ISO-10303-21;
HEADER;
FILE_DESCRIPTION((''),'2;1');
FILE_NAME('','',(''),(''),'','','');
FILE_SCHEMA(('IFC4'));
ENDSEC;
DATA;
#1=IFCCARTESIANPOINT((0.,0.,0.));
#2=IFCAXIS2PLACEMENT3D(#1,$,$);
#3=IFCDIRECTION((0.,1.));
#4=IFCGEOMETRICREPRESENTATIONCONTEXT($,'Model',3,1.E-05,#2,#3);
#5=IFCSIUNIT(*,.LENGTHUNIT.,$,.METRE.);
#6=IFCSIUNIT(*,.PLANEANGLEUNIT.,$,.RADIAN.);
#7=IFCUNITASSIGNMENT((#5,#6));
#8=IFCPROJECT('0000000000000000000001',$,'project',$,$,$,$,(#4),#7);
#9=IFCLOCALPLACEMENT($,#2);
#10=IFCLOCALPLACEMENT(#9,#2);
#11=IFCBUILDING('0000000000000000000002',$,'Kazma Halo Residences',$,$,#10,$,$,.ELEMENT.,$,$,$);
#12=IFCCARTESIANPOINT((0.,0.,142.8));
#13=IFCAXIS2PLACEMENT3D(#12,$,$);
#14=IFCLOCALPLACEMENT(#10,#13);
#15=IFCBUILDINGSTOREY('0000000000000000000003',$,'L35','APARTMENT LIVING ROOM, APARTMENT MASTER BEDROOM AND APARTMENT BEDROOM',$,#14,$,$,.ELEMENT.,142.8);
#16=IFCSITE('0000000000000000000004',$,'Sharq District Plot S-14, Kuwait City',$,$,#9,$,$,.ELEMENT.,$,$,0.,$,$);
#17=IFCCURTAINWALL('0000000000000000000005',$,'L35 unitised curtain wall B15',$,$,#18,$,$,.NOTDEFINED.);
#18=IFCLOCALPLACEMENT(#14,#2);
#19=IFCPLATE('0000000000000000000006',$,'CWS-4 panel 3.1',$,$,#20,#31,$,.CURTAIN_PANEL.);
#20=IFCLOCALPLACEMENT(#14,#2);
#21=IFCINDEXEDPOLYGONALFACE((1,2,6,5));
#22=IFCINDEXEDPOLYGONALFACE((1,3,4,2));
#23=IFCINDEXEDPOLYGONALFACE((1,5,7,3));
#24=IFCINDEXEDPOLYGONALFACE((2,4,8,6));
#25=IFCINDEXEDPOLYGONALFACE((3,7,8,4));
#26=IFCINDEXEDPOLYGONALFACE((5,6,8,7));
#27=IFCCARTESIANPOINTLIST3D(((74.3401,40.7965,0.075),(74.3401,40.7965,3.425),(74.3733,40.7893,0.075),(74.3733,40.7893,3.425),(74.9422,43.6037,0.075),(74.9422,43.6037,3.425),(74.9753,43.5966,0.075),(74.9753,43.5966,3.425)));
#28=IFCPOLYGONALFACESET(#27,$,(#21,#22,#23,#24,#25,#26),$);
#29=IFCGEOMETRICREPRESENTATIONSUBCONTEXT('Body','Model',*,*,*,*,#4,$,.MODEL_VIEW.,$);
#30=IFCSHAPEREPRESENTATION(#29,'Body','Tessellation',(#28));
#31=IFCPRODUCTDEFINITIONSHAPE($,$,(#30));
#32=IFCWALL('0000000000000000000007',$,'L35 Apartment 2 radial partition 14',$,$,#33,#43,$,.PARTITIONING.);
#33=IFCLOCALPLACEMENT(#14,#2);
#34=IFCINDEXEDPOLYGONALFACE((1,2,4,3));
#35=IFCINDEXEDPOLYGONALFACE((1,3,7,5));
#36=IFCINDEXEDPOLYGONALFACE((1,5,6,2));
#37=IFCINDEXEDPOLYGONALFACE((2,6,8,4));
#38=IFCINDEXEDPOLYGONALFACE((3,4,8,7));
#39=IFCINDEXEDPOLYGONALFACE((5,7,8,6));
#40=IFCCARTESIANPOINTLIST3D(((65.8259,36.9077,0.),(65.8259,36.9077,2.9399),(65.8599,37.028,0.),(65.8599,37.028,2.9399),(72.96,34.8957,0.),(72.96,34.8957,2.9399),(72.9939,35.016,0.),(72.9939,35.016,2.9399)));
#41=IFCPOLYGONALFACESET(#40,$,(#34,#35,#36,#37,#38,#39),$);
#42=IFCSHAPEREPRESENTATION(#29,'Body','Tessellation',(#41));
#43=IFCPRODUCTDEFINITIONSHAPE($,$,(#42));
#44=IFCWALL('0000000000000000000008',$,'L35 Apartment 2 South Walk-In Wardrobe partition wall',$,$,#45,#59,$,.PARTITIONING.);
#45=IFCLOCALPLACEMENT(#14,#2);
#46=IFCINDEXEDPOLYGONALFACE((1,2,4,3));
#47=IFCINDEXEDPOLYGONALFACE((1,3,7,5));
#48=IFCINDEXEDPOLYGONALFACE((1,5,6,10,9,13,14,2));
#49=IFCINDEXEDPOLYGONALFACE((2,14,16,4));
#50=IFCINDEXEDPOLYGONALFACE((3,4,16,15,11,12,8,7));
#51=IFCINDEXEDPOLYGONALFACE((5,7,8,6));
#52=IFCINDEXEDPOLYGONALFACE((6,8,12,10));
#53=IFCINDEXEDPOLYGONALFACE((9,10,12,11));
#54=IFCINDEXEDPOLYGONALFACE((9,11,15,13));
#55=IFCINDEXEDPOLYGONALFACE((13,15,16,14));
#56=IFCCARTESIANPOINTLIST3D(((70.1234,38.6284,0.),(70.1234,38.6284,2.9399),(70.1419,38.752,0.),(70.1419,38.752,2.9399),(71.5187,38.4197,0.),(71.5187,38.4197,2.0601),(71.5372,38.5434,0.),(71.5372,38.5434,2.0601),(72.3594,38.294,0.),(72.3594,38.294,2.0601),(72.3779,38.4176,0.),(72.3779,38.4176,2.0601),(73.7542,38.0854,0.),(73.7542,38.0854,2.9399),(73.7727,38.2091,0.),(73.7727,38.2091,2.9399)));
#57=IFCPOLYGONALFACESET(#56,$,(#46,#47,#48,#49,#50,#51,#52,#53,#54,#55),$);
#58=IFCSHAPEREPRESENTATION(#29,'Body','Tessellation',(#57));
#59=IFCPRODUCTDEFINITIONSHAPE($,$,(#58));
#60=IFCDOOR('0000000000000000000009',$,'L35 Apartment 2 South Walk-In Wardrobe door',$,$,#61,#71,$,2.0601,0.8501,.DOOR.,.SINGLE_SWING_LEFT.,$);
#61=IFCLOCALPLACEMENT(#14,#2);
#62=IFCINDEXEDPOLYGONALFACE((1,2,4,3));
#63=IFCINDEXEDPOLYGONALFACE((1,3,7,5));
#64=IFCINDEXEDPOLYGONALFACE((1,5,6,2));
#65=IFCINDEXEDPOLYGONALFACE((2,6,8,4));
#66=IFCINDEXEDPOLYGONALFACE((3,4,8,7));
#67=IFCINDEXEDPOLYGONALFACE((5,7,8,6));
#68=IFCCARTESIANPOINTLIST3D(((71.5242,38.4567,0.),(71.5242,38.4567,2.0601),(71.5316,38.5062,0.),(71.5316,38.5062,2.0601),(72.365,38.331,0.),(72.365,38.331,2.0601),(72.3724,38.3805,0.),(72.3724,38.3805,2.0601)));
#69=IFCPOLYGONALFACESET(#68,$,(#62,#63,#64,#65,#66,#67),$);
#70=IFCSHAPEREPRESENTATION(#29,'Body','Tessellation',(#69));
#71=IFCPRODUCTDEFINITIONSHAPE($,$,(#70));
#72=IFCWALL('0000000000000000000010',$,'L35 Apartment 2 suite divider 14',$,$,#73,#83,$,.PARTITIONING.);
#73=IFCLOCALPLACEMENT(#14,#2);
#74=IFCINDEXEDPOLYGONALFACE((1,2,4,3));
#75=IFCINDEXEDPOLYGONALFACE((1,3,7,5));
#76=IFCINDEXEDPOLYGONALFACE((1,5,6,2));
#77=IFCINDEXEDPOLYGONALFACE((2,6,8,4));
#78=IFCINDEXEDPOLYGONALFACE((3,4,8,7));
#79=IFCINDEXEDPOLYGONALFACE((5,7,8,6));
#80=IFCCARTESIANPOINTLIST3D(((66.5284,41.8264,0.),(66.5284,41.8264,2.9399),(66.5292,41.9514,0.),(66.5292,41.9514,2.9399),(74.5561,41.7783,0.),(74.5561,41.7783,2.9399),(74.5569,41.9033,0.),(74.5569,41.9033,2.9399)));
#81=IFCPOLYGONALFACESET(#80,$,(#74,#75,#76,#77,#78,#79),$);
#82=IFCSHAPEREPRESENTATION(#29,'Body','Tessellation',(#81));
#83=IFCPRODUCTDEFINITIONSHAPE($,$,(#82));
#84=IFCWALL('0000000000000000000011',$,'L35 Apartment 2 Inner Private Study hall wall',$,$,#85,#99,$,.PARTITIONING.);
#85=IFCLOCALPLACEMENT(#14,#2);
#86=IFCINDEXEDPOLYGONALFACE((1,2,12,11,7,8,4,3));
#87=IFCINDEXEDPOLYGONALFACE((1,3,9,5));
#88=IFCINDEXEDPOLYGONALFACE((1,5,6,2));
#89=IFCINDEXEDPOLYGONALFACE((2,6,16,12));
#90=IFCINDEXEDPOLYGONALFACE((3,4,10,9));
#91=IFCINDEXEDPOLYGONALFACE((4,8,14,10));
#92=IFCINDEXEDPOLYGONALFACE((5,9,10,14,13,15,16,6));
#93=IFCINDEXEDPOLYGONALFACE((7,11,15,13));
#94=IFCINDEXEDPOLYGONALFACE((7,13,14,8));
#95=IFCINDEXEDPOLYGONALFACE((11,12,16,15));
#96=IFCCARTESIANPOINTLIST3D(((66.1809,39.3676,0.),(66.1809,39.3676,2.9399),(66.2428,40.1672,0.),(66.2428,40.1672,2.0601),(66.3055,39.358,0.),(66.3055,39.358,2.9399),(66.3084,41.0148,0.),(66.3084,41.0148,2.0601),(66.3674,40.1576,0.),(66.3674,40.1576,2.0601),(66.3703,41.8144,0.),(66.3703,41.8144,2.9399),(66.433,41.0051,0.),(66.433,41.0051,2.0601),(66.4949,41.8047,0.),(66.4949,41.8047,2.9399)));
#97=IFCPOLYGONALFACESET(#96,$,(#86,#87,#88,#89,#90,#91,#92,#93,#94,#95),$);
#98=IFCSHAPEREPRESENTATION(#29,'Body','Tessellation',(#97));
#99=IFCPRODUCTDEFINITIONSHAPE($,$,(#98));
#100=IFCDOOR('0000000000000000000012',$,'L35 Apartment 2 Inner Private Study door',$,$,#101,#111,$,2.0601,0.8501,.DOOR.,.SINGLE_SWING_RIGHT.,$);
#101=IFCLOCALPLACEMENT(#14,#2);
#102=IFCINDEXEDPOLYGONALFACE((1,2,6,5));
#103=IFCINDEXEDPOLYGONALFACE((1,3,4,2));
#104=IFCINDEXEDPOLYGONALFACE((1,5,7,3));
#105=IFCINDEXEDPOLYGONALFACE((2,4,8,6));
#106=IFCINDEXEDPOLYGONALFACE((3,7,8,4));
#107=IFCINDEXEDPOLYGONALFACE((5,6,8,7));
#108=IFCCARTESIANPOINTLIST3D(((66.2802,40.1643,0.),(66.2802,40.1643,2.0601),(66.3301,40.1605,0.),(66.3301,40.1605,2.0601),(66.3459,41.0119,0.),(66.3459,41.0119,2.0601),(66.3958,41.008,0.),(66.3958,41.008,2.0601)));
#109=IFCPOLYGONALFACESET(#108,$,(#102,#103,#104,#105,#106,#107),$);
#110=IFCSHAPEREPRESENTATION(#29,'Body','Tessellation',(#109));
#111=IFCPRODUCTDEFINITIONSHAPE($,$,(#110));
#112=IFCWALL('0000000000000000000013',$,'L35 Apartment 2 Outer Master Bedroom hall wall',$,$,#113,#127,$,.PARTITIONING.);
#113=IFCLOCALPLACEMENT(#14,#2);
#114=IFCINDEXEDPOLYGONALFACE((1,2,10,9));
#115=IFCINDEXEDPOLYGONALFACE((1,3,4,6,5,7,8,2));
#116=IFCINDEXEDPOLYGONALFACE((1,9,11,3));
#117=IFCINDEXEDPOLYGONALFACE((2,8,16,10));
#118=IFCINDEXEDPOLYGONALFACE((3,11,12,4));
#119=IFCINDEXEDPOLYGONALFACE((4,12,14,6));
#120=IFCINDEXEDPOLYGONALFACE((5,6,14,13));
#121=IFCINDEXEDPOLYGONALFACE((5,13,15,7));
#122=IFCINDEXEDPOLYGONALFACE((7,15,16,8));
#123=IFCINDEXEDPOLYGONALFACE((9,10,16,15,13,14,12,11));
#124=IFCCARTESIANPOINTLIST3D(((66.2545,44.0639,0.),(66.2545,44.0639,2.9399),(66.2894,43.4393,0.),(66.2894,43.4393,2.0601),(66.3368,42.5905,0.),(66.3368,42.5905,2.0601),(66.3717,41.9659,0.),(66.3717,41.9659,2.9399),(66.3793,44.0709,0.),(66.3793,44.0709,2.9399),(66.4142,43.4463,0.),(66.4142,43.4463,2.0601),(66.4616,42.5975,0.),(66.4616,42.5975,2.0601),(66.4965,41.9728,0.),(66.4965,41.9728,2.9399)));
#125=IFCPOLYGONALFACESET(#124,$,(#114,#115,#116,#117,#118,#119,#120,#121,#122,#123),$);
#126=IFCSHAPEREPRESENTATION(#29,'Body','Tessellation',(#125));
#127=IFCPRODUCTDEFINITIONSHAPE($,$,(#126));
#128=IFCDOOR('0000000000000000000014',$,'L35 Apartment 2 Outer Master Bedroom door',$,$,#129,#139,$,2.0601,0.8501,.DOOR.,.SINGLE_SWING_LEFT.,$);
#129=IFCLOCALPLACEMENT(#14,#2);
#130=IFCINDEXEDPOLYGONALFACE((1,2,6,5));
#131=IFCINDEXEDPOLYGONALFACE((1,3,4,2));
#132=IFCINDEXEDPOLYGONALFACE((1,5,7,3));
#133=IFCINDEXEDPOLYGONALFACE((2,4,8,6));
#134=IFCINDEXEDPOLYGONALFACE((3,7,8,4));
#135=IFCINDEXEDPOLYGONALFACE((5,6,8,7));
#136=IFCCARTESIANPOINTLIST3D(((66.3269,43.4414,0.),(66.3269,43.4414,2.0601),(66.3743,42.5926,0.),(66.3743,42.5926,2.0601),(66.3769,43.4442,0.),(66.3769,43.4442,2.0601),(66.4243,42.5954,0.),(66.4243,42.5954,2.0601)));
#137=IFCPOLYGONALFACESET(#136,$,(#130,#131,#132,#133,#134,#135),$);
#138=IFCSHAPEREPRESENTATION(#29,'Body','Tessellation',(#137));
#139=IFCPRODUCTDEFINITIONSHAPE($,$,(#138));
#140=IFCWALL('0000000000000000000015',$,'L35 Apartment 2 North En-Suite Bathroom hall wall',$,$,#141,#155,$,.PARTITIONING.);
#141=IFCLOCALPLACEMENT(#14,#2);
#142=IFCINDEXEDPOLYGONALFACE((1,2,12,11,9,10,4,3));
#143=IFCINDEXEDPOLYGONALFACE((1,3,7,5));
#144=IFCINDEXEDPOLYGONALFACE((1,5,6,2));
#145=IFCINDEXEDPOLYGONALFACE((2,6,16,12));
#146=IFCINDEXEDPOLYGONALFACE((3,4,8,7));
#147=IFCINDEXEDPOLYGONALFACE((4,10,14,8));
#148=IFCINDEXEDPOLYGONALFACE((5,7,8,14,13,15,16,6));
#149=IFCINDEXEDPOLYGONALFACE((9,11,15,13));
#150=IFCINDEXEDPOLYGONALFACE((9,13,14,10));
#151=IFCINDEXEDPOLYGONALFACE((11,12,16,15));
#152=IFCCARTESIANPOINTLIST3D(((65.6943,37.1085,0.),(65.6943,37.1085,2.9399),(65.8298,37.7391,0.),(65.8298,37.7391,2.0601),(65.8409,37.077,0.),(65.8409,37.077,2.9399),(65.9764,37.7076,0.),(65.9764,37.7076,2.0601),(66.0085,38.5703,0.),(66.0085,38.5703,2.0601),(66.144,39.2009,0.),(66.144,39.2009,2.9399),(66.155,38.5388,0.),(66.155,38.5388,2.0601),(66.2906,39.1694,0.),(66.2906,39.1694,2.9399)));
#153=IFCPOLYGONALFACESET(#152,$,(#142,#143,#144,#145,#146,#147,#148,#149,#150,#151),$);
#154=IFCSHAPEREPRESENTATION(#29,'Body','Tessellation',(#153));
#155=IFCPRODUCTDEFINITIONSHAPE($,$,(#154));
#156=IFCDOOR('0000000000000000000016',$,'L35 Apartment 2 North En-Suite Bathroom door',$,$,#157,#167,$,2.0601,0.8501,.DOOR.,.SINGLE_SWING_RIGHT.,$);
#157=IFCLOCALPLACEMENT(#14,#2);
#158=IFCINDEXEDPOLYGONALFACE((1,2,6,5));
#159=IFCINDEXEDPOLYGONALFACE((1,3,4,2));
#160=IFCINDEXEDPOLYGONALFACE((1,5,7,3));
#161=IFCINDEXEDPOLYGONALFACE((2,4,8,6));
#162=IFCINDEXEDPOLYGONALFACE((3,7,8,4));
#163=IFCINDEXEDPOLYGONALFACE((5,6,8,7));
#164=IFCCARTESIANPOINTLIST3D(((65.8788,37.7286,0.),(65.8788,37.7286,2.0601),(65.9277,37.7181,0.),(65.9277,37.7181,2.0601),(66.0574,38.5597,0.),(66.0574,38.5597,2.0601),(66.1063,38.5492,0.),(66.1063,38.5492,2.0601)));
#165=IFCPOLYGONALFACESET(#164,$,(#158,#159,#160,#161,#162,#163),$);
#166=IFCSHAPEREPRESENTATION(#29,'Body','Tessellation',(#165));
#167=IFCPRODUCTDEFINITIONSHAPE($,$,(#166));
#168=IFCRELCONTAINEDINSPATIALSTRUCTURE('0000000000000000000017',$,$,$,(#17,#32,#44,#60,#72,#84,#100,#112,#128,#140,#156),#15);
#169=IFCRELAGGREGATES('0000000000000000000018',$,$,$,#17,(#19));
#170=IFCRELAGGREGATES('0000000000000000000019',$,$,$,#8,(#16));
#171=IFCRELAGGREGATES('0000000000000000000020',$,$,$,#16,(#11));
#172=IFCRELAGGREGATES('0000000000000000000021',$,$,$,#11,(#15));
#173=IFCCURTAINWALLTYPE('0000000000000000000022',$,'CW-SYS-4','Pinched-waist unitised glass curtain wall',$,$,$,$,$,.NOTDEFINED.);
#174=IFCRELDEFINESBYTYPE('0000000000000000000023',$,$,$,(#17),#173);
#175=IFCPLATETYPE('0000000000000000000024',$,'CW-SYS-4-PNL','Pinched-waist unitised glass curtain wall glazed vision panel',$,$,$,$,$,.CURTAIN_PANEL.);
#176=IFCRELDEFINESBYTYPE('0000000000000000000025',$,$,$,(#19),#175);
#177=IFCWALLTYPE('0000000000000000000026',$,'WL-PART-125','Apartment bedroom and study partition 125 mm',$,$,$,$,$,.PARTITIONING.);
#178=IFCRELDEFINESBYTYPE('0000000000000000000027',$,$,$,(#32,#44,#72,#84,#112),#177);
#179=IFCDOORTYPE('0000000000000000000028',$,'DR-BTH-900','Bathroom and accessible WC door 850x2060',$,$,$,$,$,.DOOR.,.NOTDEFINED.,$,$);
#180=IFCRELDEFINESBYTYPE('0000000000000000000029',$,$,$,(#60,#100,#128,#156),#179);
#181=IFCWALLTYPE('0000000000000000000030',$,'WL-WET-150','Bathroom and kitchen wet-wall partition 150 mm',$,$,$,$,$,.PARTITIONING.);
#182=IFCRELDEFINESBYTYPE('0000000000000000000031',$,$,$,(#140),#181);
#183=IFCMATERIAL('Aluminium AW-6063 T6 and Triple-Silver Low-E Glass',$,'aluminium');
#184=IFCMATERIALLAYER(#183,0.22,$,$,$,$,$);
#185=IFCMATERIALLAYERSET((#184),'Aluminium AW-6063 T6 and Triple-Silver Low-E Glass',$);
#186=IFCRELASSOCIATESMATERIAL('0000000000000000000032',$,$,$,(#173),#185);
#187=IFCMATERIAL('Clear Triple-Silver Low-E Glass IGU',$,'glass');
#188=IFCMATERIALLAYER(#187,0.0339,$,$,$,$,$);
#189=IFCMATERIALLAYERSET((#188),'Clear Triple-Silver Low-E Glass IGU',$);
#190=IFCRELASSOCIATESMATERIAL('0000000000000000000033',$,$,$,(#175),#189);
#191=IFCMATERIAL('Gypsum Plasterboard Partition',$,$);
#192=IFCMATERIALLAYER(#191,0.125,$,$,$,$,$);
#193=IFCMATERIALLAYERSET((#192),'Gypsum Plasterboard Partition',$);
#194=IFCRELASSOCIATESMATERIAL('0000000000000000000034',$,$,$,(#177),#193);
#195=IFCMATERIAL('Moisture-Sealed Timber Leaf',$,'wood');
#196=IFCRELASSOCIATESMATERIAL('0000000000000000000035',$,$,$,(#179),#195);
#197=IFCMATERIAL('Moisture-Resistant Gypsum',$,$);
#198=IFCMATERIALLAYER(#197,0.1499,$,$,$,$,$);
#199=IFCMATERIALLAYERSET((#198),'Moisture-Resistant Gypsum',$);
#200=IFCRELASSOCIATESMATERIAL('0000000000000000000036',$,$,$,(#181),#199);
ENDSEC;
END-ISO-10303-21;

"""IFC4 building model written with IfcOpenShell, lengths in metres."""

from ifc_helpers import new_model, si_unit, direction, frame, frame_2d, origin, origin_2d, place, context, subcontext, project, spatial, rectangle, extrude, material, layer, layer_set, type_object, element, fill, aggregate, save


model = new_model("IFC4")

# Units and contexts
model_context = context("Model", 3, precision=1e-05, world=origin(), true_north=direction((0.0, 1.0)))
body_context = subcontext(model_context, "Body", "Model", "MODEL_VIEW")
ifc_project = project(units=[si_unit("LENGTHUNIT", "METRE"), si_unit("PLANEANGLEUNIT", "RADIAN")], contexts=[model_context])

# Site, building, storey
site_placement = place(None, origin())
site = spatial("IfcSite", under=ifc_project, at=site_placement, Name="Sharq District Plot S-14, Kuwait City", CompositionType="ELEMENT", RefElevation=0.0)
building_placement = place(site_placement, origin())
building = spatial("IfcBuilding", under=site, at=building_placement, Name="Kazma Halo Residences", CompositionType="ELEMENT")
storey_placement = place(building_placement, frame((0.0, 0.0, 142.8)))
storey = spatial("IfcBuildingStorey", under=building, at=storey_placement, Name="L35", Description="APARTMENT LIVING ROOM, APARTMENT MASTER BEDROOM AND APARTMENT BEDROOM", CompositionType="ELEMENT", Elevation=142.8)

# Curtain wall, plate
ifc_material_1 = material(Name="Aluminium AW-6063 T6 and Triple-Silver Low-E Glass", Category="aluminium")
ifc_layer_1 = layer(ifc_material_1, 0.22)
ifc_layer_set_1 = layer_set([ifc_layer_1], Name="Aluminium AW-6063 T6 and Triple-Silver Low-E Glass")
curtain_wall_type = type_object("IfcCurtainWallType", Name="CW-SYS-4", Description="Pinched-waist unitised glass curtain wall", PredefinedType="NOTDEFINED", material=ifc_layer_set_1)
curtain_wall_placement = place(storey_placement, origin())
curtain_wall = element("IfcCurtainWall", 1, at=curtain_wall_placement, inside=storey, type_object=curtain_wall_type, Name="L35 unitised curtain wall B15", PredefinedType="NOTDEFINED")
ifc_material_2 = material(Name="Clear Triple-Silver Low-E Glass IGU", Category="glass")
ifc_layer_2 = layer(ifc_material_2, 0.0339)
ifc_layer_set_2 = layer_set([ifc_layer_2], Name="Clear Triple-Silver Low-E Glass IGU")
plate_type = type_object("IfcPlateType", Name="CW-SYS-4-PNL", Description="Pinched-waist unitised glass curtain wall glazed vision panel", PredefinedType="CURTAIN_PANEL", material=ifc_layer_set_2)
plate_1_placement = place(storey_placement, frame((74.6577, 42.1965, 0.075), z_axis=(0.0, 0.0, 1.0), x_axis=(0.209704, 0.977765, 0.0)))
plate_1 = element("IfcPlate", 2, at=plate_1_placement, type_object=plate_type, Name="CWS-4 panel 3.1", PredefinedType="CURTAIN_PANEL", context=body_context, shape_type="SweptSolid", body=[
    extrude(rectangle(XDim=2.8711, YDim=0.0339, at=origin_2d()), origin(), (0.0, 0.0, 1.0), 3.3501),
])
aggregate(curtain_wall, [plate_1])

# Wall
ifc_material_3 = material(Name="Gypsum Plasterboard Partition")
ifc_layer_3 = layer(ifc_material_3, 0.125)
ifc_layer_set_3 = layer_set([ifc_layer_3], Name="Gypsum Plasterboard Partition")
wall_type_1 = type_object("IfcWallType", Name="WL-PART-125", Description="Apartment bedroom and study partition 125 mm", PredefinedType="PARTITIONING", material=ifc_layer_set_3)
wall_1_placement = place(storey_placement, frame((65.843, 36.9678, 0.0), z_axis=(0.0, 0.0, 1.0), x_axis=(0.962457, -0.271435, 0.0)))
element("IfcWall", 3, at=wall_1_placement, inside=storey, type_object=wall_type_1, Name="L35 Apartment 2 radial partition 14", PredefinedType="PARTITIONING", context=body_context, shape_type="SweptSolid", body=[
    extrude(rectangle(XDim=7.4124, YDim=0.125, at=frame_2d((3.7061, 0.0))), origin(), (0.0, 0.0, 1.0), 2.9399),
])

# Wall, opening, door
wall_2_placement = place(storey_placement, frame((70.1328, 38.6902, 0.0), z_axis=(0.0, 0.0, 1.0), x_axis=(0.989003, -0.147898, 0.0)))
wall_2 = element("IfcWall", 4, at=wall_2_placement, inside=storey, type_object=wall_type_1, Name="L35 Apartment 2 South Walk-In Wardrobe partition wall", PredefinedType="PARTITIONING", context=body_context, shape_type="SweptSolid", body=[
    extrude(rectangle(XDim=3.6711, YDim=0.125, at=frame_2d((1.8354, 0.0))), origin(), (0.0, 0.0, 1.0), 2.9399),
])
opening_1_placement = place(wall_2_placement, frame((1.4106, 0.0, 0.0)))
opening_1 = element("IfcOpeningElement", 5, at=opening_1_placement, cuts=wall_2, PredefinedType="OPENING", context=body_context, shape_type="SweptSolid", body=[
    extrude(rectangle(XDim=0.8501, YDim=2.0601, at=frame_2d((0.425, 1.03))), frame((0.0, 0.0725, 0.0), z_axis=(0.0, -1.0, 0.0), x_axis=(1.0, 0.0, 0.0)), (0.0, 0.0, 1.0), 0.145),
])
ifc_material_4 = material(Name="Moisture-Sealed Timber Leaf", Category="wood")
door_type = type_object("IfcDoorType", Name="DR-BTH-900", Description="Bathroom and accessible WC door 850x2060", OperationType="NOTDEFINED", PredefinedType="DOOR", material=ifc_material_4)
door_1_placement = place(opening_1_placement, origin())
door_1 = element("IfcDoor", 6, at=door_1_placement, inside=storey, type_object=door_type, Name="L35 Apartment 2 South Walk-In Wardrobe door", OperationType="SINGLE_SWING_LEFT", OverallHeight=2.0601, OverallWidth=0.8501, PredefinedType="DOOR", context=body_context, shape_type="SweptSolid", body=[
    extrude(rectangle(XDim=0.8501, YDim=2.0601, at=frame_2d((0.425, 1.03))), frame((0.0, 0.0249, 0.0), z_axis=(0.0, -1.0, 0.0), x_axis=(1.0, 0.0, 0.0)), (0.0, 0.0, 1.0), 0.05),
])
fill(opening_1, door_1)

# Wall
wall_3_placement = place(storey_placement, frame((66.5288, 41.8889, 0.0), z_axis=(0.0, 0.0, 1.0), x_axis=(0.999982, -0.005991, 0.0)))
element("IfcWall", 7, at=wall_3_placement, inside=storey, type_object=wall_type_1, Name="L35 Apartment 2 suite divider 14", PredefinedType="PARTITIONING", context=body_context, shape_type="SweptSolid", body=[
    extrude(rectangle(XDim=8.0278, YDim=0.125, at=frame_2d((4.0139, 0.0))), origin(), (0.0, 0.0, 1.0), 2.9399),
])

# Walls, openings, doors
wall_4_placement = place(storey_placement, frame((66.2432, 39.3628, 0.0), z_axis=(0.0, 0.0, 1.0), x_axis=(0.077199, 0.997016, 0.0)))
wall_4 = element("IfcWall", 8, at=wall_4_placement, inside=storey, type_object=wall_type_1, Name="L35 Apartment 2 Inner Private Study hall wall", PredefinedType="PARTITIONING", context=body_context, shape_type="SweptSolid", body=[
    extrude(rectangle(XDim=2.4541, YDim=0.125, at=frame_2d((1.2271, 0.0))), origin(), (0.0, 0.0, 1.0), 2.9399),
])
opening_2_placement = place(wall_4_placement, frame((0.802, 0.0, 0.0)))
opening_2 = element("IfcOpeningElement", 9, at=opening_2_placement, cuts=wall_4, PredefinedType="OPENING", context=body_context, shape_type="SweptSolid", body=[
    extrude(rectangle(XDim=0.8501, YDim=2.0601, at=frame_2d((0.425, 1.03))), frame((0.0, 0.0725, 0.0), z_axis=(0.0, -1.0, 0.0), x_axis=(1.0, 0.0, 0.0)), (0.0, 0.0, 1.0), 0.145),
])
door_2_placement = place(opening_2_placement, origin())
door_2 = element("IfcDoor", 10, at=door_2_placement, inside=storey, type_object=door_type, Name="L35 Apartment 2 Inner Private Study door", OperationType="SINGLE_SWING_RIGHT", OverallHeight=2.0601, OverallWidth=0.8501, PredefinedType="DOOR", context=body_context, shape_type="SweptSolid", body=[
    extrude(rectangle(XDim=0.8501, YDim=2.0601, at=frame_2d((0.425, 1.03))), frame((0.0, 0.0249, 0.0), z_axis=(0.0, -1.0, 0.0), x_axis=(1.0, 0.0, 0.0)), (0.0, 0.0, 1.0), 0.05),
])
fill(opening_2, door_2)
wall_5_placement = place(storey_placement, frame((66.4341, 41.9692, 0.0), z_axis=(0.0, 0.0, 1.0), x_axis=(-0.055766, 0.998444, 0.0)))
wall_5 = element("IfcWall", 11, at=wall_5_placement, inside=storey, type_object=wall_type_1, Name="L35 Apartment 2 Outer Master Bedroom hall wall", PredefinedType="PARTITIONING", context=body_context, shape_type="SweptSolid", body=[
    extrude(rectangle(XDim=2.1013, YDim=0.125, at=frame_2d((1.0508, 0.0))), origin(), (0.0, 0.0, 1.0), 2.9399),
])
opening_3_placement = place(wall_5_placement, frame((0.6257, 0.0, 0.0)))
opening_3 = element("IfcOpeningElement", 12, at=opening_3_placement, cuts=wall_5, PredefinedType="OPENING", context=body_context, shape_type="SweptSolid", body=[
    extrude(rectangle(XDim=0.8501, YDim=2.0601, at=frame_2d((0.425, 1.03))), frame((0.0, 0.0725, 0.0), z_axis=(0.0, -1.0, 0.0), x_axis=(1.0, 0.0, 0.0)), (0.0, 0.0, 1.0), 0.145),
])
door_3_placement = place(opening_3_placement, origin())
door_3 = element("IfcDoor", 13, at=door_3_placement, inside=storey, type_object=door_type, Name="L35 Apartment 2 Outer Master Bedroom door", OperationType="SINGLE_SWING_LEFT", OverallHeight=2.0601, OverallWidth=0.8501, PredefinedType="DOOR", context=body_context, shape_type="SweptSolid", body=[
    extrude(rectangle(XDim=0.8501, YDim=2.0601, at=frame_2d((0.425, 1.03))), frame((0.0, 0.0249, 0.0), z_axis=(0.0, -1.0, 0.0), x_axis=(1.0, 0.0, 0.0)), (0.0, 0.0, 1.0), 0.05),
])
fill(opening_3, door_3)
ifc_material_5 = material(Name="Moisture-Resistant Gypsum")
ifc_layer_4 = layer(ifc_material_5, 0.1499)
ifc_layer_set_4 = layer_set([ifc_layer_4], Name="Moisture-Resistant Gypsum")
wall_type_2 = type_object("IfcWallType", Name="WL-WET-150", Description="Bathroom and kitchen wet-wall partition 150 mm", PredefinedType="PARTITIONING", material=ifc_layer_set_4)
wall_6_placement = place(storey_placement, frame((65.7676, 37.0928, 0.0), z_axis=(0.0, 0.0, 1.0), x_axis=(0.210137, 0.977672, 0.0)))
wall_6 = element("IfcWall", 14, at=wall_6_placement, inside=storey, type_object=wall_type_2, Name="L35 Apartment 2 North En-Suite Bathroom hall wall", PredefinedType="PARTITIONING", context=body_context, shape_type="SweptSolid", body=[
    extrude(rectangle(XDim=2.1401, YDim=0.1499, at=frame_2d((1.0701, 0.0))), origin(), (0.0, 0.0, 1.0), 2.9399),
])
opening_4_placement = place(wall_6_placement, frame((0.645, 0.0, 0.0)))
opening_4 = element("IfcOpeningElement", 15, at=opening_4_placement, cuts=wall_6, PredefinedType="OPENING", context=body_context, shape_type="SweptSolid", body=[
    extrude(rectangle(XDim=0.8501, YDim=2.0601, at=frame_2d((0.425, 1.03))), frame((0.0, 0.085, 0.0), z_axis=(0.0, -1.0, 0.0), x_axis=(1.0, 0.0, 0.0)), (0.0, 0.0, 1.0), 0.1699),
])
door_4_placement = place(opening_4_placement, origin())
door_4 = element("IfcDoor", 16, at=door_4_placement, inside=storey, type_object=door_type, Name="L35 Apartment 2 North En-Suite Bathroom door", OperationType="SINGLE_SWING_RIGHT", OverallHeight=2.0601, OverallWidth=0.8501, PredefinedType="DOOR", context=body_context, shape_type="SweptSolid", body=[
    extrude(rectangle(XDim=0.8501, YDim=2.0601, at=frame_2d((0.425, 1.03))), frame((0.0, 0.0249, 0.0), z_axis=(0.0, -1.0, 0.0), x_axis=(1.0, 0.0, 0.0)), (0.0, 0.0, 1.0), 0.05),
])
fill(opening_4, door_4)

save(model, "model.ifc")
